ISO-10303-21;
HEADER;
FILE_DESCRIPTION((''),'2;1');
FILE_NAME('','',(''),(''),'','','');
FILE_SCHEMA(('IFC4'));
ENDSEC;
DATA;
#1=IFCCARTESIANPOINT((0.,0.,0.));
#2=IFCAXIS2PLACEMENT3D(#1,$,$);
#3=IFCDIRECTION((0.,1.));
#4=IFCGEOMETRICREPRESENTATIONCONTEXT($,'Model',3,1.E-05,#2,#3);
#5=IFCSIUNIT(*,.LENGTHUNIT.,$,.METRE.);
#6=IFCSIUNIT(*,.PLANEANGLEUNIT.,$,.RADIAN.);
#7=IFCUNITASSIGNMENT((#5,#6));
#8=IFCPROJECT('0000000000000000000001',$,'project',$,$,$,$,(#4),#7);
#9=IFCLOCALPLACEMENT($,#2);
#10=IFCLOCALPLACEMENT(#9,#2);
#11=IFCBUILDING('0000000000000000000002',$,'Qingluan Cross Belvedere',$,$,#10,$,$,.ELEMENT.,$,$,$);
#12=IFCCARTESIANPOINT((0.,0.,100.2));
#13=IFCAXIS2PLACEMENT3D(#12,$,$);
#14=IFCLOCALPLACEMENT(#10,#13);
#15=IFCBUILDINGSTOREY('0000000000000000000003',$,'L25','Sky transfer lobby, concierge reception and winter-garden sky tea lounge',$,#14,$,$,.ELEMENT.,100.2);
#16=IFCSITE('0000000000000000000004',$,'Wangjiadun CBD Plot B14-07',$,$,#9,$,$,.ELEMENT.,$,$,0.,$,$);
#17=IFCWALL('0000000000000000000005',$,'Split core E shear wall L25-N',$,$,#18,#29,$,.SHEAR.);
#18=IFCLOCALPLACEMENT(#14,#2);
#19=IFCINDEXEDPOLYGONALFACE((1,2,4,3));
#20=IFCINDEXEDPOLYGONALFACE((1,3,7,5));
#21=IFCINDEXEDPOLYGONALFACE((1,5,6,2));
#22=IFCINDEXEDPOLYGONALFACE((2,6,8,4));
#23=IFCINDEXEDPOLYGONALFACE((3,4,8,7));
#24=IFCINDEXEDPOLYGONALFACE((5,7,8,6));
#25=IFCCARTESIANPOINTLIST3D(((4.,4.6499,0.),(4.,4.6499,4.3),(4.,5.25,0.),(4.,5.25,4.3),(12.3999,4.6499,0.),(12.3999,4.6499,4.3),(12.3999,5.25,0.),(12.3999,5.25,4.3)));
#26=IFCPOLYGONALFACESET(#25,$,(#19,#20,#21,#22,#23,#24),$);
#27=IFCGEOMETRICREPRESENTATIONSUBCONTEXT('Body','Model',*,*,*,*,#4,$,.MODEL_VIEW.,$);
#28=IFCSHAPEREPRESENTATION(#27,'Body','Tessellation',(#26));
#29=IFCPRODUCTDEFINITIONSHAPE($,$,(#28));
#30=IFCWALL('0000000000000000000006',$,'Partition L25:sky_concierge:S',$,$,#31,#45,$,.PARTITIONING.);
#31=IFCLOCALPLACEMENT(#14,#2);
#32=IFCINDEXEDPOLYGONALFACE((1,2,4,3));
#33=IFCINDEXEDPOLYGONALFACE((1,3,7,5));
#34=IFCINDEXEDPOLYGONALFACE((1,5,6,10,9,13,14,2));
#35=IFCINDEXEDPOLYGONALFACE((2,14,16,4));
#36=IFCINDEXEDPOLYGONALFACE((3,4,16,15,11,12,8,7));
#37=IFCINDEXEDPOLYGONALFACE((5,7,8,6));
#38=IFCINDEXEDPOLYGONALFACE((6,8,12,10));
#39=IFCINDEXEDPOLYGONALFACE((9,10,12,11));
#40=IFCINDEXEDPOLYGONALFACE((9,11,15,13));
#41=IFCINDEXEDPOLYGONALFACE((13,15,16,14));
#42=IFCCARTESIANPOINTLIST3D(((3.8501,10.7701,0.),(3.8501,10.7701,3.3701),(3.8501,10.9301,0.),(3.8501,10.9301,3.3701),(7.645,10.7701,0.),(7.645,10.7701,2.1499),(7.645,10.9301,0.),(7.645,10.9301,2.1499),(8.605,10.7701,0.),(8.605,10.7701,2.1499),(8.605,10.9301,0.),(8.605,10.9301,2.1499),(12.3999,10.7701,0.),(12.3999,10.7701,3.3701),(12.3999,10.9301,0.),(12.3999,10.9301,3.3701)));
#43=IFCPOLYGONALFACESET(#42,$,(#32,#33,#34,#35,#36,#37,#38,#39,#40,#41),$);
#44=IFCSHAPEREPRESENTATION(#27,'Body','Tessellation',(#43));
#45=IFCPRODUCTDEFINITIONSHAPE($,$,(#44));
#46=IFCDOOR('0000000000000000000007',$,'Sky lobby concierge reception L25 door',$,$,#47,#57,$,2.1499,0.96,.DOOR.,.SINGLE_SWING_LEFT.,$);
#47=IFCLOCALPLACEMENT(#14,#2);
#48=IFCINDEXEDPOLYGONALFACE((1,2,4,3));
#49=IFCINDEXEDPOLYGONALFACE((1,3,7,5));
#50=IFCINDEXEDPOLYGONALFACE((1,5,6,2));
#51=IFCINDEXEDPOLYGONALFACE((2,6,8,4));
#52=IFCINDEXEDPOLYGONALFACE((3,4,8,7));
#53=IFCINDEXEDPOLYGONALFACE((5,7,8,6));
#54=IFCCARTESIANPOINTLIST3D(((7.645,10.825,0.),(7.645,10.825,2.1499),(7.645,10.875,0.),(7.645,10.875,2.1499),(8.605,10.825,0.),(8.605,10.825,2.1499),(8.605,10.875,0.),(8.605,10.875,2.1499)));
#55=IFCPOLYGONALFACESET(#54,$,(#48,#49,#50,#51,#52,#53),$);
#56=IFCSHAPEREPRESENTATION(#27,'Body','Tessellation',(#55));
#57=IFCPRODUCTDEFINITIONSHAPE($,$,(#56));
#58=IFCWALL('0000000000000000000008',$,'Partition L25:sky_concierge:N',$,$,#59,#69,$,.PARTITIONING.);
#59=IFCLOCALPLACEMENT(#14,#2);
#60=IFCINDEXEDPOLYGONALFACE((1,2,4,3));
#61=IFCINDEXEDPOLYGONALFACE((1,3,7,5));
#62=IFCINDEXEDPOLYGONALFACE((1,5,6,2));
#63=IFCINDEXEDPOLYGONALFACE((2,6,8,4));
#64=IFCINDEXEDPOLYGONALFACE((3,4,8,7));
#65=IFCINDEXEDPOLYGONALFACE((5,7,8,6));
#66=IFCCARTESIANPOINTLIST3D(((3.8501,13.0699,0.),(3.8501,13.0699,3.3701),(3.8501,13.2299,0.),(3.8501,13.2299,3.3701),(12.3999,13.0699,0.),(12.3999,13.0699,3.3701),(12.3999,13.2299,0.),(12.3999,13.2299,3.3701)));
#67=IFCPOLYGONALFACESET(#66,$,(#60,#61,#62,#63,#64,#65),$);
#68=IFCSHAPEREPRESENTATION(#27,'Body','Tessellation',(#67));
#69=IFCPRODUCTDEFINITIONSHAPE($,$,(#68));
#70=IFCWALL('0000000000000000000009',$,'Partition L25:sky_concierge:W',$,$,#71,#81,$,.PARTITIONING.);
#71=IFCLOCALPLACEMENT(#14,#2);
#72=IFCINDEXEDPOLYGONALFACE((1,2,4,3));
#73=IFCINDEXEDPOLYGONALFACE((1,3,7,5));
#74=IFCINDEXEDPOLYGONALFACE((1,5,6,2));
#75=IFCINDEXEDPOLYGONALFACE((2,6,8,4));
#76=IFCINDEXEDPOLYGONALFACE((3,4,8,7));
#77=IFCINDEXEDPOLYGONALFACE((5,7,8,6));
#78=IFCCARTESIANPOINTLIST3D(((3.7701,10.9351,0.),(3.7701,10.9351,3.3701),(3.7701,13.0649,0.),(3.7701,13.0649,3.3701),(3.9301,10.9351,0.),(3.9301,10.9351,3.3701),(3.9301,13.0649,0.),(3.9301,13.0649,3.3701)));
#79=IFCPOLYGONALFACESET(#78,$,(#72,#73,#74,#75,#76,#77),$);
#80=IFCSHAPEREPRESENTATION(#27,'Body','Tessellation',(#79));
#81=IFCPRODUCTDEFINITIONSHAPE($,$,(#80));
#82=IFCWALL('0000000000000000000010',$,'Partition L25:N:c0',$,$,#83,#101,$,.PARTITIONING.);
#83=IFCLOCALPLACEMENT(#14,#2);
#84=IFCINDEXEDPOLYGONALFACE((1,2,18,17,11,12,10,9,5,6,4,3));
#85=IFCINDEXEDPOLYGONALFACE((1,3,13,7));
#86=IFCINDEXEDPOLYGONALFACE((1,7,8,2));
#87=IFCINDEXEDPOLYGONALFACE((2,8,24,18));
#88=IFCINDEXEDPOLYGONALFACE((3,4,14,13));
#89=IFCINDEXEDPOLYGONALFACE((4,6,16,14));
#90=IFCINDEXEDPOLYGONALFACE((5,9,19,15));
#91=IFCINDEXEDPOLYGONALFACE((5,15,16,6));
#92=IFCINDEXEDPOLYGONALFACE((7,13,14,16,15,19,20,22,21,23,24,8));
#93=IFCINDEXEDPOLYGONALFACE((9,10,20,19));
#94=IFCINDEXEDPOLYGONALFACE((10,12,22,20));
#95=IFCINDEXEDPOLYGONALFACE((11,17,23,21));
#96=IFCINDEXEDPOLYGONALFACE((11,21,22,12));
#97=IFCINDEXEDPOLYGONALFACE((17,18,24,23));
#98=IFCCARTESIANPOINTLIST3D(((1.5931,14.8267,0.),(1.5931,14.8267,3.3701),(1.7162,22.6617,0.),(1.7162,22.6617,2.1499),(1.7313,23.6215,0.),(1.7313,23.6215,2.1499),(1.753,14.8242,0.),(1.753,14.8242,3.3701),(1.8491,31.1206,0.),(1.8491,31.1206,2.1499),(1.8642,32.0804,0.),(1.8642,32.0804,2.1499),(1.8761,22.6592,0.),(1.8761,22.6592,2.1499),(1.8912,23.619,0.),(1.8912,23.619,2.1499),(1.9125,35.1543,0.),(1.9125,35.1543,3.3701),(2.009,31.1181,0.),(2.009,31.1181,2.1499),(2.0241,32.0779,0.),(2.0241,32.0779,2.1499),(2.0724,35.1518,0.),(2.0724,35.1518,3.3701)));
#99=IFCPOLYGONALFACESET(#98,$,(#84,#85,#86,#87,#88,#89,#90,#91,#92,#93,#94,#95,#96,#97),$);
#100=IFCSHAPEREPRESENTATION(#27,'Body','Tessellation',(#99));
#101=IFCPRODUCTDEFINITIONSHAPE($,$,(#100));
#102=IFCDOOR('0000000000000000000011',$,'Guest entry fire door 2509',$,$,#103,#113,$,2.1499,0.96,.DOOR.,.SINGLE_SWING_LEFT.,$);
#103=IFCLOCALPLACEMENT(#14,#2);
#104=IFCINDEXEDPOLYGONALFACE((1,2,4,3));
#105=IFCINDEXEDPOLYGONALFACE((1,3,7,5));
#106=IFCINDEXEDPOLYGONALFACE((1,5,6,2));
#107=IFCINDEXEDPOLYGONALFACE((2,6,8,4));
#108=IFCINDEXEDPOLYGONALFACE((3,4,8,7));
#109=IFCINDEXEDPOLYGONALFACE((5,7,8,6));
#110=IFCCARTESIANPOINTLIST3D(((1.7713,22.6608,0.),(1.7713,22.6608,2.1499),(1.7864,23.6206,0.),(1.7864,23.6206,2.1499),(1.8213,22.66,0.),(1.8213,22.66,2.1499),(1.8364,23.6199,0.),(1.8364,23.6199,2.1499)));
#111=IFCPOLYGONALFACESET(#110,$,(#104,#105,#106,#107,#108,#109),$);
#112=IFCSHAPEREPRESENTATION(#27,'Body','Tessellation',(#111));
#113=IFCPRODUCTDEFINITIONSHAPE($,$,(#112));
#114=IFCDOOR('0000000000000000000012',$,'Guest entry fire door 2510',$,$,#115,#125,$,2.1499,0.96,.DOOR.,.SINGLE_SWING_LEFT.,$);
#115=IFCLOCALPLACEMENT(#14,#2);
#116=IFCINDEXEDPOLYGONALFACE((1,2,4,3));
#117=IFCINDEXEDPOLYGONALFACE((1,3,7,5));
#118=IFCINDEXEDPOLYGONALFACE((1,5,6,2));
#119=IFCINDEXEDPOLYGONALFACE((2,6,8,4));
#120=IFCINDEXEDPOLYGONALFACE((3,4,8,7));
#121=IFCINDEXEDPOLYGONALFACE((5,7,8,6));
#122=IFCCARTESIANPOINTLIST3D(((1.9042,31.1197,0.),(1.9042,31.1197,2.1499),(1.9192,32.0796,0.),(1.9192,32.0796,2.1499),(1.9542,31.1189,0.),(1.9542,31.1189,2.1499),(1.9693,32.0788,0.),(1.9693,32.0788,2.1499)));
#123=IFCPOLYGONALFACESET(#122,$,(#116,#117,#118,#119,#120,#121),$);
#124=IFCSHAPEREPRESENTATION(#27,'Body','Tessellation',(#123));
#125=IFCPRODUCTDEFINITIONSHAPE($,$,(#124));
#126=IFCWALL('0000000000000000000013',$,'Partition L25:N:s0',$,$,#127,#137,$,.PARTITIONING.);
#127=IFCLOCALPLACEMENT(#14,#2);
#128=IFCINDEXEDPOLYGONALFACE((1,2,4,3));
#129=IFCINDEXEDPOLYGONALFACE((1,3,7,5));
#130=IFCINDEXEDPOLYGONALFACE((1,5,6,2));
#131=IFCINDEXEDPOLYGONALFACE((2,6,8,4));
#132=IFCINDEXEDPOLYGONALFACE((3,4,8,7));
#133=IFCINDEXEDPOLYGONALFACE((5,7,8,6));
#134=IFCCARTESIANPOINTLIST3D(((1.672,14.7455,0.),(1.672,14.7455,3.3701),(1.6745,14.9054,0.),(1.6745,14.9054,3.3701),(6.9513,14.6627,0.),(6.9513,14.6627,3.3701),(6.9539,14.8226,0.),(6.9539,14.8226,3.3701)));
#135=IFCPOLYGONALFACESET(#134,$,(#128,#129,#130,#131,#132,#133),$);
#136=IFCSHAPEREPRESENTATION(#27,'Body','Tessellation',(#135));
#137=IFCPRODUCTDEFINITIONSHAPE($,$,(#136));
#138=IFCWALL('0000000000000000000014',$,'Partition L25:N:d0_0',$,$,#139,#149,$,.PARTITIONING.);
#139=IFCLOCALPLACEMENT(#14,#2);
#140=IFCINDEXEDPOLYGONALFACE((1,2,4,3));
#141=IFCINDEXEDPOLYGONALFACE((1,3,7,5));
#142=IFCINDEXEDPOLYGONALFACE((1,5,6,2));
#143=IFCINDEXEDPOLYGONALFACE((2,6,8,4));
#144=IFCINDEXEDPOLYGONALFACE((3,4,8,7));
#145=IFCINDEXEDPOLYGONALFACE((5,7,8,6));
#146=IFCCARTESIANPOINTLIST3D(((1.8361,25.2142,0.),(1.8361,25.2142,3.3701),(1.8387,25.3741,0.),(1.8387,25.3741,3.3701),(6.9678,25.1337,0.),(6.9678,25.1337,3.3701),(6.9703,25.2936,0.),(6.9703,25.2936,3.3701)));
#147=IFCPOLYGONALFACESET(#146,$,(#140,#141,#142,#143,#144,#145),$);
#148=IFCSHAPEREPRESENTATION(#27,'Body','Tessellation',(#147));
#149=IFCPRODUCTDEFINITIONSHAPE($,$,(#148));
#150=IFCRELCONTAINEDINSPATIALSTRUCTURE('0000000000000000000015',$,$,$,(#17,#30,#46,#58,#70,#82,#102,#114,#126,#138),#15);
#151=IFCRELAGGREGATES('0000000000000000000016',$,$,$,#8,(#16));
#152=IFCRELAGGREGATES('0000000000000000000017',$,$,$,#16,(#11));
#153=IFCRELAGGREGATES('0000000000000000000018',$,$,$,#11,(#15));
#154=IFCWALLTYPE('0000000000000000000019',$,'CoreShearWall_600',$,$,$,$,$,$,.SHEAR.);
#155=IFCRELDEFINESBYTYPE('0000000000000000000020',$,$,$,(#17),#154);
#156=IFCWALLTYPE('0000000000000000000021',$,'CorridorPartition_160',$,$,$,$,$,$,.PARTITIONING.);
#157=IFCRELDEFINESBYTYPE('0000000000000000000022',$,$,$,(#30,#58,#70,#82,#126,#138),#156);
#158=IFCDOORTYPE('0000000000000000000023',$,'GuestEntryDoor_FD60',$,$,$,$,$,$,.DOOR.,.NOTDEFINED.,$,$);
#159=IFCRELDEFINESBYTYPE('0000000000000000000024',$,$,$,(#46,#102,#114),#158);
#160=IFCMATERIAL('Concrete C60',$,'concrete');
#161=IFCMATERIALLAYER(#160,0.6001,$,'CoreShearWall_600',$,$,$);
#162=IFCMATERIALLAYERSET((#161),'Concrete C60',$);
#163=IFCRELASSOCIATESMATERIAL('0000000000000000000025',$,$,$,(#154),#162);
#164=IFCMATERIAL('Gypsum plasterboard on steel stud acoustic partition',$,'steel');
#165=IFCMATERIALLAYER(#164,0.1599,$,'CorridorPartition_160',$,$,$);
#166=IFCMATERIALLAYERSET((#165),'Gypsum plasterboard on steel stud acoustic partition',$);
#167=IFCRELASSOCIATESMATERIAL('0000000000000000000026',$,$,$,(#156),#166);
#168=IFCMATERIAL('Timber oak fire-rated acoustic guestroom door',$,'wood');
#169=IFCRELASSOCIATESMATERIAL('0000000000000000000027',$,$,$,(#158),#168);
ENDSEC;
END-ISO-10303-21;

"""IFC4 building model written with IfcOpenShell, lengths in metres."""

from ifc_helpers import new_model, si_unit, direction, frame, frame_2d, origin, place, context, subcontext, project, spatial, rectangle, extrude, material, layer, layer_set, type_object, element, fill, save


model = new_model("IFC4")

# Units and contexts
model_context = context("Model", 3, precision=1e-05, world=origin(), true_north=direction((0.0, 1.0)))
body_context = subcontext(model_context, "Body", "Model", "MODEL_VIEW")
ifc_project = project(units=[si_unit("LENGTHUNIT", "METRE"), si_unit("PLANEANGLEUNIT", "RADIAN")], contexts=[model_context])

# Site, building, storey
site_placement = place(None, origin())
site = spatial("IfcSite", under=ifc_project, at=site_placement, Name="Wangjiadun CBD Plot B14-07", CompositionType="ELEMENT", RefElevation=0.0)
building_placement = place(site_placement, origin())
building = spatial("IfcBuilding", under=site, at=building_placement, Name="Qingluan Cross Belvedere", CompositionType="ELEMENT")
storey_placement = place(building_placement, frame((0.0, 0.0, 100.2)))
storey = spatial("IfcBuildingStorey", under=building, at=storey_placement, Name="L25", Description="Sky transfer lobby, concierge reception and winter-garden sky tea lounge", CompositionType="ELEMENT", Elevation=100.2)

# Wall
ifc_material_1 = material(Name="Concrete C60", Category="concrete")
ifc_layer_1 = layer(ifc_material_1, 0.6001, Name="CoreShearWall_600")
ifc_layer_set_1 = layer_set([ifc_layer_1], Name="Concrete C60")
wall_type_1 = type_object("IfcWallType", Name="CoreShearWall_600", PredefinedType="SHEAR", material=ifc_layer_set_1)
wall_1_placement = place(storey_placement, frame((4.0, 4.95, 0.0), z_axis=(0.0, 0.0, 1.0), x_axis=(1.0, 0.0, 0.0)))
element("IfcWall", 1, at=wall_1_placement, inside=storey, type_object=wall_type_1, Name="Split core E shear wall L25-N", PredefinedType="SHEAR", context=body_context, shape_type="SweptSolid", body=[
    extrude(rectangle(XDim=8.3999, YDim=0.6001, at=frame_2d((4.2, 0.0))), origin(), (0.0, 0.0, 1.0), 4.3),
])

# Wall, opening, door
ifc_material_2 = material(Name="Gypsum plasterboard on steel stud acoustic partition", Category="steel")
ifc_layer_2 = layer(ifc_material_2, 0.1599, Name="CorridorPartition_160")
ifc_layer_set_2 = layer_set([ifc_layer_2], Name="Gypsum plasterboard on steel stud acoustic partition")
wall_type_2 = type_object("IfcWallType", Name="CorridorPartition_160", PredefinedType="PARTITIONING", material=ifc_layer_set_2)
wall_2_placement = place(storey_placement, frame((3.8501, 10.8501, 0.0), z_axis=(0.0, 0.0, 1.0), x_axis=(1.0, 0.0, 0.0)))
wall_2 = element("IfcWall", 2, at=wall_2_placement, inside=storey, type_object=wall_type_2, Name="Partition L25:sky_concierge:S", PredefinedType="PARTITIONING", context=body_context, shape_type="SweptSolid", body=[
    extrude(rectangle(XDim=8.5498, YDim=0.1599, at=frame_2d((4.2749, 0.0))), origin(), (0.0, 0.0, 1.0), 3.3701),
])
opening_1_placement = place(wall_2_placement, frame((3.7949, 0.0, 0.0)))
opening_1 = element("IfcOpeningElement", 3, at=opening_1_placement, cuts=wall_2, PredefinedType="OPENING", context=body_context, shape_type="SweptSolid", body=[
    extrude(rectangle(XDim=0.96, YDim=2.1499, at=frame_2d((0.48, 1.075))), frame((0.0, 0.0898, 0.0), z_axis=(0.0, -1.0, 0.0), x_axis=(1.0, 0.0, 0.0)), (0.0, 0.0, 1.0), 0.1799),
])
ifc_material_3 = material(Name="Timber oak fire-rated acoustic guestroom door", Category="wood")
door_type_1 = type_object("IfcDoorType", Name="GuestEntryDoor_FD60", OperationType="NOTDEFINED", PredefinedType="DOOR", material=ifc_material_3)
door_1_placement = place(opening_1_placement, origin())
door_1 = element("IfcDoor", 4, at=door_1_placement, inside=storey, type_object=door_type_1, Name="Sky lobby concierge reception L25 door", OperationType="SINGLE_SWING_LEFT", OverallHeight=2.1499, OverallWidth=0.96, PredefinedType="DOOR", context=body_context, shape_type="SweptSolid", body=[
    extrude(rectangle(XDim=0.96, YDim=2.1499, at=frame_2d((0.48, 1.075))), frame((0.0, 0.0249, 0.0), z_axis=(0.0, -1.0, 0.0), x_axis=(1.0, 0.0, 0.0)), (0.0, 0.0, 1.0), 0.05),
])
fill(opening_1, door_1)

# Walls
wall_3_placement = place(storey_placement, frame((3.8501, 13.1499, 0.0), z_axis=(0.0, 0.0, 1.0), x_axis=(1.0, 0.0, 0.0)))
element("IfcWall", 5, at=wall_3_placement, inside=storey, type_object=wall_type_2, Name="Partition L25:sky_concierge:N", PredefinedType="PARTITIONING", context=body_context, shape_type="SweptSolid", body=[
    extrude(rectangle(XDim=8.5498, YDim=0.1599, at=frame_2d((4.2749, 0.0))), origin(), (0.0, 0.0, 1.0), 3.3701),
])
wall_4_placement = place(storey_placement, frame((3.8501, 10.9351, 0.0), z_axis=(0.0, 0.0, 1.0), x_axis=(0.0, 1.0, 0.0)))
element("IfcWall", 6, at=wall_4_placement, inside=storey, type_object=wall_type_2, Name="Partition L25:sky_concierge:W", PredefinedType="PARTITIONING", context=body_context, shape_type="SweptSolid", body=[
    extrude(rectangle(XDim=2.1299, YDim=0.1599, at=frame_2d((1.0649, 0.0))), origin(), (0.0, 0.0, 1.0), 3.3701),
])

# Wall, openings, doors
wall_5_placement = place(storey_placement, frame((1.6731, 14.8254, 0.0), z_axis=(0.0, 0.0, 1.0), x_axis=(0.015708, 0.999877, 0.0)))
wall_5 = element("IfcWall", 7, at=wall_5_placement, inside=storey, type_object=wall_type_2, Name="Partition L25:N:c0", PredefinedType="PARTITIONING", context=body_context, shape_type="SweptSolid", body=[
    extrude(rectangle(XDim=20.3301, YDim=0.1599, at=frame_2d((10.165, 0.0))), origin(), (0.0, 0.0, 1.0), 3.3701),
])
opening_2_placement = place(wall_5_placement, frame((7.8359, 0.0, 0.0)))
opening_2 = element("IfcOpeningElement", 8, at=opening_2_placement, cuts=wall_5, PredefinedType="OPENING", context=body_context, shape_type="SweptSolid", body=[
    extrude(rectangle(XDim=0.96, YDim=2.1499, at=frame_2d((0.48, 1.075))), frame((0.0, 0.0898, 0.0), z_axis=(0.0, -1.0, 0.0), x_axis=(1.0, 0.0, 0.0)), (0.0, 0.0, 1.0), 0.1799),
])
opening_3_placement = place(wall_5_placement, frame((16.2959, 0.0, 0.0)))
opening_3 = element("IfcOpeningElement", 9, at=opening_3_placement, cuts=wall_5, PredefinedType="OPENING", context=body_context, shape_type="SweptSolid", body=[
    extrude(rectangle(XDim=0.96, YDim=2.1499, at=frame_2d((0.48, 1.075))), frame((0.0, 0.0898, 0.0), z_axis=(0.0, -1.0, 0.0), x_axis=(1.0, 0.0, 0.0)), (0.0, 0.0, 1.0), 0.1799),
])
door_2_placement = place(opening_2_placement, origin())
door_2 = element("IfcDoor", 10, at=door_2_placement, inside=storey, type_object=door_type_1, Name="Guest entry fire door 2509", OperationType="SINGLE_SWING_LEFT", OverallHeight=2.1499, OverallWidth=0.96, PredefinedType="DOOR", context=body_context, shape_type="SweptSolid", body=[
    extrude(rectangle(XDim=0.96, YDim=2.1499, at=frame_2d((0.48, 1.075))), frame((0.0, 0.0249, 0.0), z_axis=(0.0, -1.0, 0.0), x_axis=(1.0, 0.0, 0.0)), (0.0, 0.0, 1.0), 0.05),
])
fill(opening_2, door_2)
door_3_placement = place(opening_3_placement, origin())
door_3 = element("IfcDoor", 11, at=door_3_placement, inside=storey, type_object=door_type_1, Name="Guest entry fire door 2510", OperationType="SINGLE_SWING_LEFT", OverallHeight=2.1499, OverallWidth=0.96, PredefinedType="DOOR", context=body_context, shape_type="SweptSolid", body=[
    extrude(rectangle(XDim=0.96, YDim=2.1499, at=frame_2d((0.48, 1.075))), frame((0.0, 0.0249, 0.0), z_axis=(0.0, -1.0, 0.0), x_axis=(1.0, 0.0, 0.0)), (0.0, 0.0, 1.0), 0.05),
])
fill(opening_3, door_3)

# Walls
wall_6_placement = place(storey_placement, frame((1.6731, 14.8254, 0.0), z_axis=(0.0, 0.0, 1.0), x_axis=(0.999877, -0.015675, 0.0)))
element("IfcWall", 12, at=wall_6_placement, inside=storey, type_object=wall_type_2, Name="Partition L25:N:s0", PredefinedType="PARTITIONING", context=body_context, shape_type="SweptSolid", body=[
    extrude(rectangle(XDim=5.28, YDim=0.1599, at=frame_2d((2.6401, 0.0))), origin(), (0.0, 0.0, 1.0), 3.3701),
])
wall_7_placement = place(storey_placement, frame((1.8374, 25.2942, 0.0), z_axis=(0.0, 0.0, 1.0), x_axis=(0.999877, -0.015698, 0.0)))
element("IfcWall", 13, at=wall_7_placement, inside=storey, type_object=wall_type_2, Name="Partition L25:N:d0_0", PredefinedType="PARTITIONING", context=body_context, shape_type="SweptSolid", body=[
    extrude(rectangle(XDim=5.1323, YDim=0.1599, at=frame_2d((2.5662, 0.0))), origin(), (0.0, 0.0, 1.0), 3.3701),
])

save(model, "model.ifc")
